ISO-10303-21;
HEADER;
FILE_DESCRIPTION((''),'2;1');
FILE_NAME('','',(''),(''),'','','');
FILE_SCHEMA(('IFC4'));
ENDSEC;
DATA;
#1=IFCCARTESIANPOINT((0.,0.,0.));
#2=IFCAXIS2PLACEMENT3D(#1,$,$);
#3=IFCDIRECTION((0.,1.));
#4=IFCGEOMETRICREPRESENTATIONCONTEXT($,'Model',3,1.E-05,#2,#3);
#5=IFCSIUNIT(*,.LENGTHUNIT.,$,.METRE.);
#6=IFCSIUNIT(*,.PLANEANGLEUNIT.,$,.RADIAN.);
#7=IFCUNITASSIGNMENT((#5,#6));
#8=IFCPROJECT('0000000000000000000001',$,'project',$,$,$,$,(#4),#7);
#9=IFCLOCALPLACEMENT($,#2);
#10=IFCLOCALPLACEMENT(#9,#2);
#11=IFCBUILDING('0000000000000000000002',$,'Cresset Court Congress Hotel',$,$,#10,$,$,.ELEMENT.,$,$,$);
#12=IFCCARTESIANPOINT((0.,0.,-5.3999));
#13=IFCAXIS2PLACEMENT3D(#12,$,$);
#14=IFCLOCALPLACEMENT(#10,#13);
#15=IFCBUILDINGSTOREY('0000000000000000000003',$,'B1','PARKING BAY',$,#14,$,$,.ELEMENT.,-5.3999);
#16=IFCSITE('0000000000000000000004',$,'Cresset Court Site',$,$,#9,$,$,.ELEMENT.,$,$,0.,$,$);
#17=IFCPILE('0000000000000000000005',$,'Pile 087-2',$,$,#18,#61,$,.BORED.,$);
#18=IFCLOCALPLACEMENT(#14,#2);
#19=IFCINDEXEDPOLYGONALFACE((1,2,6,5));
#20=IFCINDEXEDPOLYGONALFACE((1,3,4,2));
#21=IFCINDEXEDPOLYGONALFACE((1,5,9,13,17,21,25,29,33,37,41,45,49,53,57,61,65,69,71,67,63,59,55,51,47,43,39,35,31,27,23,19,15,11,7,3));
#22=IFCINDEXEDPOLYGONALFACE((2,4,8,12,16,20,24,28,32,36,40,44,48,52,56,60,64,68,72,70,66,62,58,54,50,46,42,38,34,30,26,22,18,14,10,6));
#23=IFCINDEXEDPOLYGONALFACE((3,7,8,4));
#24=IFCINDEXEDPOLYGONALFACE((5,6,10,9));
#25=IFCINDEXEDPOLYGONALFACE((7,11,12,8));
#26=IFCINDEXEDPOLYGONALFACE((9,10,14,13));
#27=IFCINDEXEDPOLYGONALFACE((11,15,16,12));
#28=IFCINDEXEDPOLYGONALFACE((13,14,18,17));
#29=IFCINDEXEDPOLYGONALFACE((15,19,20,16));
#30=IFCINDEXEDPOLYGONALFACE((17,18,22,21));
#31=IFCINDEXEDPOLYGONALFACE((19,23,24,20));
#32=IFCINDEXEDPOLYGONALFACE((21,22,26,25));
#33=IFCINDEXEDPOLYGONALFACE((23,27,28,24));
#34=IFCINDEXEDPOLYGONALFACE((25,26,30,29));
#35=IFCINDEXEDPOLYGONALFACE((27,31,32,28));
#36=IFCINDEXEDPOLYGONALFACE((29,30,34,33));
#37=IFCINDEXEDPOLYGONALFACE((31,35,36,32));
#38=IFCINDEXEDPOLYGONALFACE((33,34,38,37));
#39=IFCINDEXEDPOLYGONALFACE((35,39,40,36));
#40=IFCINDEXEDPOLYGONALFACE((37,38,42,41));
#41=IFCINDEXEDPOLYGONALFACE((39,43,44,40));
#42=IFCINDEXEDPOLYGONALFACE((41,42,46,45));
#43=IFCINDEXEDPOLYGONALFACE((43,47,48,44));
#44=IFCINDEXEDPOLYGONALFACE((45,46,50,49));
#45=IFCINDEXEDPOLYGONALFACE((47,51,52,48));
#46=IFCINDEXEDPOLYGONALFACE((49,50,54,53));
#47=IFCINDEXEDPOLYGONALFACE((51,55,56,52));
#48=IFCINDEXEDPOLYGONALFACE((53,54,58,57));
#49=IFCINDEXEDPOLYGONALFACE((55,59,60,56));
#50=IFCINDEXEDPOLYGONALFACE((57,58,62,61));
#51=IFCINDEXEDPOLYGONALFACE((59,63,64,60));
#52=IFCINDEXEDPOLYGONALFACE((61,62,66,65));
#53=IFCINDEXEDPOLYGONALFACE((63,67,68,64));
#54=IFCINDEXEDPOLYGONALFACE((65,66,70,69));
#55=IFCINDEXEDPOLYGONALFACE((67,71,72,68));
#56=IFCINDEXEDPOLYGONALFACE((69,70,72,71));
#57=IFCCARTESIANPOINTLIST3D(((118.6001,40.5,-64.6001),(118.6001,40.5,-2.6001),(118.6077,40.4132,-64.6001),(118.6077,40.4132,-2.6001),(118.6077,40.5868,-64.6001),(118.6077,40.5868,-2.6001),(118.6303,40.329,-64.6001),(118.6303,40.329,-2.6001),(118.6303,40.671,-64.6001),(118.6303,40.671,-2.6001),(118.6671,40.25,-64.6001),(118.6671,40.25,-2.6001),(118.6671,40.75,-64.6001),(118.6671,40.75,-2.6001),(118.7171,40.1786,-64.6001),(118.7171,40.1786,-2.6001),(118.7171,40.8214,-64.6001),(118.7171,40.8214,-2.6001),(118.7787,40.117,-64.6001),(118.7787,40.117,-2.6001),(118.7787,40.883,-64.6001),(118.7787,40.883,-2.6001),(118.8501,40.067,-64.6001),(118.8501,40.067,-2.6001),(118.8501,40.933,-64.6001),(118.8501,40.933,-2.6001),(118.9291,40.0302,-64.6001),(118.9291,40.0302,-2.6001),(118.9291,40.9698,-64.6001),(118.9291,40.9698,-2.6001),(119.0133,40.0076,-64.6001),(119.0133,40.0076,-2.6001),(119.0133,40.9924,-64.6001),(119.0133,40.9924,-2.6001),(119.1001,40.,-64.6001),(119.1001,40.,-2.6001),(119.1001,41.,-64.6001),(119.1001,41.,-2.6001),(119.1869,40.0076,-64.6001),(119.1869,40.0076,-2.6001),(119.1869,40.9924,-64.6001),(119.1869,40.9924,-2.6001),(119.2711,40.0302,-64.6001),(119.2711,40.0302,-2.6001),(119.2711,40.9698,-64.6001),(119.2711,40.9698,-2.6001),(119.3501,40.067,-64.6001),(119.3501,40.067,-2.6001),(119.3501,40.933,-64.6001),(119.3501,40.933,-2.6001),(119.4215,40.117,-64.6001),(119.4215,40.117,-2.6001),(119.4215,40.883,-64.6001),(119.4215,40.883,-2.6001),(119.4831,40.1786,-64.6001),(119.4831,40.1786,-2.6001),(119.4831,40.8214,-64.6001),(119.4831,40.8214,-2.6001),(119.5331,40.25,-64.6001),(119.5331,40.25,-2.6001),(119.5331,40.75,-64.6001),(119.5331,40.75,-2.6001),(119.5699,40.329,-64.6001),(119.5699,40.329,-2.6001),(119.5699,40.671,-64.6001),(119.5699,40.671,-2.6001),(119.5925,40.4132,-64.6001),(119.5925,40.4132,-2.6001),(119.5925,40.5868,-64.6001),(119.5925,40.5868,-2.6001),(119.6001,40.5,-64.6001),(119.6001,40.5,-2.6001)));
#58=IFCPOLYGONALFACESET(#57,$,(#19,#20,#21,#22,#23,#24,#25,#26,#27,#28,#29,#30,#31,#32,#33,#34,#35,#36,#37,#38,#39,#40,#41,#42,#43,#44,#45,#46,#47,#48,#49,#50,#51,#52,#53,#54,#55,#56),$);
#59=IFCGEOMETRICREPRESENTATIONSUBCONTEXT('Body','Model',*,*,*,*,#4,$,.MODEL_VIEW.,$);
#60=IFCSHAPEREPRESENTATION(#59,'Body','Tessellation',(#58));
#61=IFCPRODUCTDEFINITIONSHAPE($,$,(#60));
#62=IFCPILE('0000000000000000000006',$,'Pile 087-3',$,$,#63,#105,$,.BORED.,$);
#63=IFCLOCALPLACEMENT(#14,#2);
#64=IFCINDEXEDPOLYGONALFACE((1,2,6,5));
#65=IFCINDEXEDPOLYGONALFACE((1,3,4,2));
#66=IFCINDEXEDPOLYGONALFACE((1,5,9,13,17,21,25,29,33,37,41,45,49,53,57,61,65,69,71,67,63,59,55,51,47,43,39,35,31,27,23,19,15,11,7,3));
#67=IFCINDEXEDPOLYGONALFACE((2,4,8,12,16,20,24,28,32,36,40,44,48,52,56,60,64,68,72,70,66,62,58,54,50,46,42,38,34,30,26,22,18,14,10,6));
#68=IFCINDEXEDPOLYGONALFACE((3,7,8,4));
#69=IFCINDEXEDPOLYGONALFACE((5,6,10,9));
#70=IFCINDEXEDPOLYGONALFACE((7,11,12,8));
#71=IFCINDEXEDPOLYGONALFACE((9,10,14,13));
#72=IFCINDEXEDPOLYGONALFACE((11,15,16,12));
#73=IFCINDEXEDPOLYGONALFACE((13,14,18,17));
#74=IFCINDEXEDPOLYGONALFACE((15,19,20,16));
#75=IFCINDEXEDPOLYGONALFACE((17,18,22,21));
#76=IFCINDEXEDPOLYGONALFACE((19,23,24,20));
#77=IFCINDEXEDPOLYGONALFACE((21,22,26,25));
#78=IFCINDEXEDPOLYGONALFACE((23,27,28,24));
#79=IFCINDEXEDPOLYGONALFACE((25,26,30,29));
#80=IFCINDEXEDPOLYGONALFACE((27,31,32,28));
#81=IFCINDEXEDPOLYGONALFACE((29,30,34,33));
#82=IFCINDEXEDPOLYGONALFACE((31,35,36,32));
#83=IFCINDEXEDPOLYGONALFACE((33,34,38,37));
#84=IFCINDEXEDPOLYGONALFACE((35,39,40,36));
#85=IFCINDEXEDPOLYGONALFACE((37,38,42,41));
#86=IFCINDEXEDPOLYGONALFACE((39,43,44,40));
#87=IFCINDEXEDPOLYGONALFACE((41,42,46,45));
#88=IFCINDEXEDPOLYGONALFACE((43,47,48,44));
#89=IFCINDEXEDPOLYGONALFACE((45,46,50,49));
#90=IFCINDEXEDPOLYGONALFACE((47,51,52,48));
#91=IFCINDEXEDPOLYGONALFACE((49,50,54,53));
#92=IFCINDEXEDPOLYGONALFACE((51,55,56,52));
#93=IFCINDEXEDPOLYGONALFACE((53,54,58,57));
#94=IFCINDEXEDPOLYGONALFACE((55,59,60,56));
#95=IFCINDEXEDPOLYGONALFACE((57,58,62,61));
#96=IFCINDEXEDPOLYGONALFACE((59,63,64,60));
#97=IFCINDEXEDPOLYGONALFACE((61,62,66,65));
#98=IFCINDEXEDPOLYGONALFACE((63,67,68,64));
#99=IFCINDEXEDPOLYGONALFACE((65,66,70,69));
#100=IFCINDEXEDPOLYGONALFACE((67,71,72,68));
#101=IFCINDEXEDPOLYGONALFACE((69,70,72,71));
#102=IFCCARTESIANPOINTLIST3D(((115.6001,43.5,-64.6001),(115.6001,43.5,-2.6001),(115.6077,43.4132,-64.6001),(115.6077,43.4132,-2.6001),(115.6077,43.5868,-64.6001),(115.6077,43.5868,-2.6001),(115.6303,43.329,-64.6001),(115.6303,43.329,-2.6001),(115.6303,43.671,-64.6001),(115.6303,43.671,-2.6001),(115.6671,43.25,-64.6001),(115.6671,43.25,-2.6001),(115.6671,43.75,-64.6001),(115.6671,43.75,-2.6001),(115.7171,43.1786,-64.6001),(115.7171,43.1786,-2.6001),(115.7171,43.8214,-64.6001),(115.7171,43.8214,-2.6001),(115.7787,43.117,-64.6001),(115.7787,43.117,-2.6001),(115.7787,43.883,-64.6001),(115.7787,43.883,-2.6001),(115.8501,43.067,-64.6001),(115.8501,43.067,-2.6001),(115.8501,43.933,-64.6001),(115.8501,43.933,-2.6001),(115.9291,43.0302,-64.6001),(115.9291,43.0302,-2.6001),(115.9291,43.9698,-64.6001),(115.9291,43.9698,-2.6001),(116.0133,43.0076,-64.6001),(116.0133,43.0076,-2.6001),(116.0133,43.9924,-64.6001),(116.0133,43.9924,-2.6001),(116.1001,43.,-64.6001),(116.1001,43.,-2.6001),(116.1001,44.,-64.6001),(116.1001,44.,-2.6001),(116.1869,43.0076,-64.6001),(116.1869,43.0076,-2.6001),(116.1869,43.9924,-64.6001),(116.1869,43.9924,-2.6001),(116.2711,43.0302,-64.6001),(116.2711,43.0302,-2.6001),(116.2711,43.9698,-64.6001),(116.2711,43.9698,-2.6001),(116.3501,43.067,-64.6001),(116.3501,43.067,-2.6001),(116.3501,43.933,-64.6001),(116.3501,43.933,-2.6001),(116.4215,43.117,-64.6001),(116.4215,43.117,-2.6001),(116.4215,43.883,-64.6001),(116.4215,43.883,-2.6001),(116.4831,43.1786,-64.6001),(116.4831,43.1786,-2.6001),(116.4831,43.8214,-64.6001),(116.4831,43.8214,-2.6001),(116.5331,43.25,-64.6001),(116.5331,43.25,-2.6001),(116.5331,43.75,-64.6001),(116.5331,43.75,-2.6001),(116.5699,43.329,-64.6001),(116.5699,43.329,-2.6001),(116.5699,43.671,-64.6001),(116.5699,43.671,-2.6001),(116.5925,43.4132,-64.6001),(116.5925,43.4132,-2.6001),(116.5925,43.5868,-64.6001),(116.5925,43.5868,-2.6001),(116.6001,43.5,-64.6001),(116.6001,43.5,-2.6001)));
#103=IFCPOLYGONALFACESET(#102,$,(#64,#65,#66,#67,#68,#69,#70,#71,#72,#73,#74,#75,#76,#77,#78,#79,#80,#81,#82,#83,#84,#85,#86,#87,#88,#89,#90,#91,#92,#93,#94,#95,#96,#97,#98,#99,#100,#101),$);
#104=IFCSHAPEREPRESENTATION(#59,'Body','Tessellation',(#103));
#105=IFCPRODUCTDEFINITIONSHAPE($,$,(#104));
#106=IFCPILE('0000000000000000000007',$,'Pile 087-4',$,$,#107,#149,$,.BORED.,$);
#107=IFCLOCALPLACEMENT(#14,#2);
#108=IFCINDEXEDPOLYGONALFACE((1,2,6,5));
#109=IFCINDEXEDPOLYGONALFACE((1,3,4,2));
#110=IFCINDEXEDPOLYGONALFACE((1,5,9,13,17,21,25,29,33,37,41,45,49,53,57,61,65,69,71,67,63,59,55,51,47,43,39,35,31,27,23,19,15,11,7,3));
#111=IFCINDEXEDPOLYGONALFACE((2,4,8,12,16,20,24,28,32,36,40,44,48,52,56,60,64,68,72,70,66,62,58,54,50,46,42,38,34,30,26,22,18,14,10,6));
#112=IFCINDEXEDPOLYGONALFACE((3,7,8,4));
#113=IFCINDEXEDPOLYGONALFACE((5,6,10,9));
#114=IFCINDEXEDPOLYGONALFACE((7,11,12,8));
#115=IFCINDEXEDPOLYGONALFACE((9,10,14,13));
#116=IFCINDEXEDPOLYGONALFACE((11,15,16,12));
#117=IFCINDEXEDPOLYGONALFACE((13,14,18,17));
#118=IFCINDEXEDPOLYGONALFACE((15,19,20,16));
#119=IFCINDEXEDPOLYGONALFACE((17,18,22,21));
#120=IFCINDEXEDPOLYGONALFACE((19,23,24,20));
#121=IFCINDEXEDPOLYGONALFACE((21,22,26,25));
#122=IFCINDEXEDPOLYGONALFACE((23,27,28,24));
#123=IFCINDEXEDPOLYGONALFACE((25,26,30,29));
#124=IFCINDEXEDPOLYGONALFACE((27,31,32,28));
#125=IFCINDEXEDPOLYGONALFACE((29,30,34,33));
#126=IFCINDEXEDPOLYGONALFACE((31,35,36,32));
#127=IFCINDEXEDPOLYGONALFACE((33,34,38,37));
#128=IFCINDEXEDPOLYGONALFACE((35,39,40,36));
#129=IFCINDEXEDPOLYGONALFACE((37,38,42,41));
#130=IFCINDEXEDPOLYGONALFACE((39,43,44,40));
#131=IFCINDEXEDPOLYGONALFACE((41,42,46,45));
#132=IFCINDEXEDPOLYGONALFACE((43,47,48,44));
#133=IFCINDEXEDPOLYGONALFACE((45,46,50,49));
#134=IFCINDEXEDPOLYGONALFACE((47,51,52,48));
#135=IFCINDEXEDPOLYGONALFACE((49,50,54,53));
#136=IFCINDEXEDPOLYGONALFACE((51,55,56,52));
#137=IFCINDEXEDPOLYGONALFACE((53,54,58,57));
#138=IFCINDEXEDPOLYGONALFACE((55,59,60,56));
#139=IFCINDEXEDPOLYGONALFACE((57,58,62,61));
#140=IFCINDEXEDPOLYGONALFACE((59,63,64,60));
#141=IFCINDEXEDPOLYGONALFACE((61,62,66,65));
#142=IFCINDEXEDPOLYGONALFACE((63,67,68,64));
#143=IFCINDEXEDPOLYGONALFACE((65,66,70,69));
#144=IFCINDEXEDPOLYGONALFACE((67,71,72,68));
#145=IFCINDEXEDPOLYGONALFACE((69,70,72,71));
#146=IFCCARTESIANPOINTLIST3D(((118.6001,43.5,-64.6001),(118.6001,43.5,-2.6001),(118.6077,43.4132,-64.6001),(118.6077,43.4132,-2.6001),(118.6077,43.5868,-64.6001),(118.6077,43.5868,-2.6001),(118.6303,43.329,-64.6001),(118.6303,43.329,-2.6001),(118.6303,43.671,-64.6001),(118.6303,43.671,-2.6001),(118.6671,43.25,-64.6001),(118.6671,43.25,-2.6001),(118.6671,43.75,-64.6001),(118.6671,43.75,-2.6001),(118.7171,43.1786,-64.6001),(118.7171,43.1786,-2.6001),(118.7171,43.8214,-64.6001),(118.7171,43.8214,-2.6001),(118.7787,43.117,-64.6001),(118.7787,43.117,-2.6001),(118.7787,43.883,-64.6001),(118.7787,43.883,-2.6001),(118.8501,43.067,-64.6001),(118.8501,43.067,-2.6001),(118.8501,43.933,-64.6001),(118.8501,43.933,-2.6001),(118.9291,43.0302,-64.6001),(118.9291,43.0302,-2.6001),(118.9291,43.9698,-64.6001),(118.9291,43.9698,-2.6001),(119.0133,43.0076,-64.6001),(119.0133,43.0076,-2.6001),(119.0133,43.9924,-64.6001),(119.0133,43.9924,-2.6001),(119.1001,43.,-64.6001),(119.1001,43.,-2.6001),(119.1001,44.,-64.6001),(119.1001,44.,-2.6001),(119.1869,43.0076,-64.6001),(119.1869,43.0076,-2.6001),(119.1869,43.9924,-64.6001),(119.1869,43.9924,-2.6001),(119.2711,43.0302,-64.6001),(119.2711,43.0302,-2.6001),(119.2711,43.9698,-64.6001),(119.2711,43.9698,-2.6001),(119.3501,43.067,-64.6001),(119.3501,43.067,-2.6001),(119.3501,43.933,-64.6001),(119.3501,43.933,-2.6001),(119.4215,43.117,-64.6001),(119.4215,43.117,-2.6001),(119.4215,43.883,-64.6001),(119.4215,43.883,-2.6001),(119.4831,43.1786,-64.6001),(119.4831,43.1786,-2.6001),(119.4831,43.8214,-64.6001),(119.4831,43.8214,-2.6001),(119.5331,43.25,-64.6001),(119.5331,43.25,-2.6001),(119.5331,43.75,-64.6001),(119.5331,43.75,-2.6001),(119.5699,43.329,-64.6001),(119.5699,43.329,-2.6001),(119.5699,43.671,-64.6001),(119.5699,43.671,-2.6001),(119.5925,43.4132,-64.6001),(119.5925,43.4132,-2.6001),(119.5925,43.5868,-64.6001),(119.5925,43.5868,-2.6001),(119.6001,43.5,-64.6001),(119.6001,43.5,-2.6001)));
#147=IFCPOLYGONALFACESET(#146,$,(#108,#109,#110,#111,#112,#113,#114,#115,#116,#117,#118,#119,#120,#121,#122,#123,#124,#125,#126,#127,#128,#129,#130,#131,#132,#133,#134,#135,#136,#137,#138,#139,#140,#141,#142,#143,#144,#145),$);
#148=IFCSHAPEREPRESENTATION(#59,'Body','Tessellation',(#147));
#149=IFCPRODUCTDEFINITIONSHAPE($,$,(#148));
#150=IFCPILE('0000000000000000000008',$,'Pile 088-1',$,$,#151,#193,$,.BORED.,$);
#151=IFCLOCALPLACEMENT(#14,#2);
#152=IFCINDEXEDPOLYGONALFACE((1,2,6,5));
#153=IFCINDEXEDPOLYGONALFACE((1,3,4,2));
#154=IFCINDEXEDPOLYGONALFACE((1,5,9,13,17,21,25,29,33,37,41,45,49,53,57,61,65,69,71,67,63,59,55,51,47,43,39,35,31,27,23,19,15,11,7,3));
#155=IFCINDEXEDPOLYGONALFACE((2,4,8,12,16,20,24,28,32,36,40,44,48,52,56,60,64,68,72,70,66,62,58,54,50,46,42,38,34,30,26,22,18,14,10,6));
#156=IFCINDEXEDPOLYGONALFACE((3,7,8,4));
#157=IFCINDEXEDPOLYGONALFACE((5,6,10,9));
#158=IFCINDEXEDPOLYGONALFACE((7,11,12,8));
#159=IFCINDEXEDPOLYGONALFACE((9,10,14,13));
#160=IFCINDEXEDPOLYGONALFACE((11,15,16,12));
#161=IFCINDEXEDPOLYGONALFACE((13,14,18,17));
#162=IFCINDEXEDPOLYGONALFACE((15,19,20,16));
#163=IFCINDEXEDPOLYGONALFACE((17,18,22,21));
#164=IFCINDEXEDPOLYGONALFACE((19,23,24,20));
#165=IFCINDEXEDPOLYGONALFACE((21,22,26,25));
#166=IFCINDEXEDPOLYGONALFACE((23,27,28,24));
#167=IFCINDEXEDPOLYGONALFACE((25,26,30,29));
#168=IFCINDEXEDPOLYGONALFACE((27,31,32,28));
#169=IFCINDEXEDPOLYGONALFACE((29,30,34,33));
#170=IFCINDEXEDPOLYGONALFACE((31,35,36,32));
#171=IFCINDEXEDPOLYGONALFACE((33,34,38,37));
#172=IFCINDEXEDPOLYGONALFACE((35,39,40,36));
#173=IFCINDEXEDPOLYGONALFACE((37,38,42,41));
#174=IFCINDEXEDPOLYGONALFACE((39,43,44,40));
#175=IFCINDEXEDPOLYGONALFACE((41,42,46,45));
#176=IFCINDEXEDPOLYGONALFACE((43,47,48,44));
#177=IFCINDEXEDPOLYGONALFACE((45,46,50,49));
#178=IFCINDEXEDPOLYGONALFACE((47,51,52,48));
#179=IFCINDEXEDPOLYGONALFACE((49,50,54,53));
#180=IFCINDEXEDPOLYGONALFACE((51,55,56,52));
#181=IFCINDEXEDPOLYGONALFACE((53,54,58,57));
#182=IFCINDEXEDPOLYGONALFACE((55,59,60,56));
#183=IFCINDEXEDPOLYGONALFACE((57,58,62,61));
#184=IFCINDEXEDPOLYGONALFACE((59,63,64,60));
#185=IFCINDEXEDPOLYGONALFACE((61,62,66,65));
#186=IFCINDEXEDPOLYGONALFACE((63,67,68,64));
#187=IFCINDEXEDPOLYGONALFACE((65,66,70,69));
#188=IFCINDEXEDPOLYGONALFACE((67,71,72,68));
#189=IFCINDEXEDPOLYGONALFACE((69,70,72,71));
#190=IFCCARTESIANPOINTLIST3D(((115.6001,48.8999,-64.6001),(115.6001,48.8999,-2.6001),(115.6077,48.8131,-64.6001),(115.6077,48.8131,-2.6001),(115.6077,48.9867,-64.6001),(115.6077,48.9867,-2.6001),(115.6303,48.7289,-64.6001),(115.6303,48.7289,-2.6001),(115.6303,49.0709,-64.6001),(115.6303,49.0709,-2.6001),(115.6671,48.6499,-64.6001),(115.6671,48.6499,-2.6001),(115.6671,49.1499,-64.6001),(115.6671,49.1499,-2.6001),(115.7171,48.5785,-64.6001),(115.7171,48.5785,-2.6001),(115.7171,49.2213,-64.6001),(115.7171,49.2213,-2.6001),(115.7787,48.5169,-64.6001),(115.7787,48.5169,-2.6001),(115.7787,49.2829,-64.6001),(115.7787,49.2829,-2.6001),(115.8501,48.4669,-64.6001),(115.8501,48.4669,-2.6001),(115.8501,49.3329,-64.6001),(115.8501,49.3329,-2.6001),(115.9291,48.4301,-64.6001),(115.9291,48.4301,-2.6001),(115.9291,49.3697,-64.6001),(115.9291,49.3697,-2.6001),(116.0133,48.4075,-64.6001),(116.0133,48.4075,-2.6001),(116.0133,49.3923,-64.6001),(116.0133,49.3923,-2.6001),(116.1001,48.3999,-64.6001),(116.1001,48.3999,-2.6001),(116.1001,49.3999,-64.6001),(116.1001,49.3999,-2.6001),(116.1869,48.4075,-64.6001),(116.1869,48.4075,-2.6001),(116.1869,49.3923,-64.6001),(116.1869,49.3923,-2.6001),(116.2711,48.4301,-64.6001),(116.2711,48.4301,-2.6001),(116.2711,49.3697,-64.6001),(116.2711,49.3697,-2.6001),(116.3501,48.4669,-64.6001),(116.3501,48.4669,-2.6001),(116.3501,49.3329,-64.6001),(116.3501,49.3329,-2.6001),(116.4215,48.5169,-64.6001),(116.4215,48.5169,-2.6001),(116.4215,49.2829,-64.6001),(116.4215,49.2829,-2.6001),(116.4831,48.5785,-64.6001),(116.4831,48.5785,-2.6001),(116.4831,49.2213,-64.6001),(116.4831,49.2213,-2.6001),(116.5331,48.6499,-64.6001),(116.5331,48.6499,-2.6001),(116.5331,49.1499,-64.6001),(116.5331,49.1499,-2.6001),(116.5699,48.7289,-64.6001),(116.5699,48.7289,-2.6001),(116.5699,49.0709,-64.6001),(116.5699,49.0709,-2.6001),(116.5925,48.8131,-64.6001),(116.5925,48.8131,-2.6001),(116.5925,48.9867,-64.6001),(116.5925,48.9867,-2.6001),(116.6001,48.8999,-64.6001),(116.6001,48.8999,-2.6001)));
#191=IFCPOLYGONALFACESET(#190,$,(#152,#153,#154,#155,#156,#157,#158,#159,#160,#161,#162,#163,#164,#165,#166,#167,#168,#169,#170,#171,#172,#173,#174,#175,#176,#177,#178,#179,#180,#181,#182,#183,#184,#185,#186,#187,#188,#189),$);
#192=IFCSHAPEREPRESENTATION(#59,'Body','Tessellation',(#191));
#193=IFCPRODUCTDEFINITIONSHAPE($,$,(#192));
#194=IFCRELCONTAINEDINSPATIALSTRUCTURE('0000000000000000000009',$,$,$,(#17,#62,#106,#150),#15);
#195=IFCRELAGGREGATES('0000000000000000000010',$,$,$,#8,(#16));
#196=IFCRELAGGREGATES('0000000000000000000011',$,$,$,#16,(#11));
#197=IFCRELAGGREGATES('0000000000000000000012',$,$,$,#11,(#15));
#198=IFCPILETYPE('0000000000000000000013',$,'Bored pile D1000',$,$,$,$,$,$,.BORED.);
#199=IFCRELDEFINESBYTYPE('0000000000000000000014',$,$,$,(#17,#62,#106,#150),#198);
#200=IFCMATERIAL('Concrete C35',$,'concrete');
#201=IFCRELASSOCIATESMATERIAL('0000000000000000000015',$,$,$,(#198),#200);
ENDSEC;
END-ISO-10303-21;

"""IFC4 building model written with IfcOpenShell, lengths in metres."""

from ifc_helpers import new_model, si_unit, direction, frame, origin, origin_2d, place, context, subcontext, project, spatial, circle, extrude, material, type_object, element, save


model = new_model("IFC4")

# Units and contexts
model_context = context("Model", 3, precision=1e-05, world=origin(), true_north=direction((0.0, 1.0)))
body_context = subcontext(model_context, "Body", "Model", "MODEL_VIEW")
ifc_project = project(units=[si_unit("LENGTHUNIT", "METRE"), si_unit("PLANEANGLEUNIT", "RADIAN")], contexts=[model_context])

# Site, building, storey
site_placement = place(None, origin())
site = spatial("IfcSite", under=ifc_project, at=site_placement, Name="Cresset Court Site", CompositionType="ELEMENT", RefElevation=0.0)
building_placement = place(site_placement, origin())
building = spatial("IfcBuilding", under=site, at=building_placement, Name="Cresset Court Congress Hotel", CompositionType="ELEMENT")
storey_placement = place(building_placement, frame((0.0, 0.0, -5.3999)))
storey = spatial("IfcBuildingStorey", under=building, at=storey_placement, Name="B1", Description="PARKING BAY", CompositionType="ELEMENT", Elevation=-5.3999)

# Piles
ifc_material_1 = material(Name="Concrete C35", Category="concrete")
pile_type = type_object("IfcPileType", Name="Bored pile D1000", PredefinedType="BORED", material=ifc_material_1)
for number, where, z_axis, x_axis, name in (
    (1, (119.1001, 40.5, -2.6001), (0.0, 0.0, -1.0), (1.0, 0.0, 0.0), "Pile 087-2"),
    (2, (116.1001, 43.5, -2.6001), (0.0, 0.0, -1.0), (1.0, 0.0, 0.0), "Pile 087-3"),
    (3, (119.1001, 43.5, -2.6001), (0.0, 0.0, -1.0), (1.0, 0.0, 0.0), "Pile 087-4"),
    (4, (116.1001, 48.8999, -2.6001), (0.0, 0.0, -1.0), (1.0, 0.0, 0.0), "Pile 088-1"),
):
    element("IfcPile", number, at=place(storey_placement, frame(where, z_axis=z_axis, x_axis=x_axis)), inside=storey, type_object=pile_type, Name=name, PredefinedType="BORED", context=body_context, shape_type="SweptSolid", body=[
        extrude(circle(Radius=0.5, at=origin_2d()), origin(), (0.0, 0.0, 1.0), 62.0),
    ])

save(model, "model.ifc")
